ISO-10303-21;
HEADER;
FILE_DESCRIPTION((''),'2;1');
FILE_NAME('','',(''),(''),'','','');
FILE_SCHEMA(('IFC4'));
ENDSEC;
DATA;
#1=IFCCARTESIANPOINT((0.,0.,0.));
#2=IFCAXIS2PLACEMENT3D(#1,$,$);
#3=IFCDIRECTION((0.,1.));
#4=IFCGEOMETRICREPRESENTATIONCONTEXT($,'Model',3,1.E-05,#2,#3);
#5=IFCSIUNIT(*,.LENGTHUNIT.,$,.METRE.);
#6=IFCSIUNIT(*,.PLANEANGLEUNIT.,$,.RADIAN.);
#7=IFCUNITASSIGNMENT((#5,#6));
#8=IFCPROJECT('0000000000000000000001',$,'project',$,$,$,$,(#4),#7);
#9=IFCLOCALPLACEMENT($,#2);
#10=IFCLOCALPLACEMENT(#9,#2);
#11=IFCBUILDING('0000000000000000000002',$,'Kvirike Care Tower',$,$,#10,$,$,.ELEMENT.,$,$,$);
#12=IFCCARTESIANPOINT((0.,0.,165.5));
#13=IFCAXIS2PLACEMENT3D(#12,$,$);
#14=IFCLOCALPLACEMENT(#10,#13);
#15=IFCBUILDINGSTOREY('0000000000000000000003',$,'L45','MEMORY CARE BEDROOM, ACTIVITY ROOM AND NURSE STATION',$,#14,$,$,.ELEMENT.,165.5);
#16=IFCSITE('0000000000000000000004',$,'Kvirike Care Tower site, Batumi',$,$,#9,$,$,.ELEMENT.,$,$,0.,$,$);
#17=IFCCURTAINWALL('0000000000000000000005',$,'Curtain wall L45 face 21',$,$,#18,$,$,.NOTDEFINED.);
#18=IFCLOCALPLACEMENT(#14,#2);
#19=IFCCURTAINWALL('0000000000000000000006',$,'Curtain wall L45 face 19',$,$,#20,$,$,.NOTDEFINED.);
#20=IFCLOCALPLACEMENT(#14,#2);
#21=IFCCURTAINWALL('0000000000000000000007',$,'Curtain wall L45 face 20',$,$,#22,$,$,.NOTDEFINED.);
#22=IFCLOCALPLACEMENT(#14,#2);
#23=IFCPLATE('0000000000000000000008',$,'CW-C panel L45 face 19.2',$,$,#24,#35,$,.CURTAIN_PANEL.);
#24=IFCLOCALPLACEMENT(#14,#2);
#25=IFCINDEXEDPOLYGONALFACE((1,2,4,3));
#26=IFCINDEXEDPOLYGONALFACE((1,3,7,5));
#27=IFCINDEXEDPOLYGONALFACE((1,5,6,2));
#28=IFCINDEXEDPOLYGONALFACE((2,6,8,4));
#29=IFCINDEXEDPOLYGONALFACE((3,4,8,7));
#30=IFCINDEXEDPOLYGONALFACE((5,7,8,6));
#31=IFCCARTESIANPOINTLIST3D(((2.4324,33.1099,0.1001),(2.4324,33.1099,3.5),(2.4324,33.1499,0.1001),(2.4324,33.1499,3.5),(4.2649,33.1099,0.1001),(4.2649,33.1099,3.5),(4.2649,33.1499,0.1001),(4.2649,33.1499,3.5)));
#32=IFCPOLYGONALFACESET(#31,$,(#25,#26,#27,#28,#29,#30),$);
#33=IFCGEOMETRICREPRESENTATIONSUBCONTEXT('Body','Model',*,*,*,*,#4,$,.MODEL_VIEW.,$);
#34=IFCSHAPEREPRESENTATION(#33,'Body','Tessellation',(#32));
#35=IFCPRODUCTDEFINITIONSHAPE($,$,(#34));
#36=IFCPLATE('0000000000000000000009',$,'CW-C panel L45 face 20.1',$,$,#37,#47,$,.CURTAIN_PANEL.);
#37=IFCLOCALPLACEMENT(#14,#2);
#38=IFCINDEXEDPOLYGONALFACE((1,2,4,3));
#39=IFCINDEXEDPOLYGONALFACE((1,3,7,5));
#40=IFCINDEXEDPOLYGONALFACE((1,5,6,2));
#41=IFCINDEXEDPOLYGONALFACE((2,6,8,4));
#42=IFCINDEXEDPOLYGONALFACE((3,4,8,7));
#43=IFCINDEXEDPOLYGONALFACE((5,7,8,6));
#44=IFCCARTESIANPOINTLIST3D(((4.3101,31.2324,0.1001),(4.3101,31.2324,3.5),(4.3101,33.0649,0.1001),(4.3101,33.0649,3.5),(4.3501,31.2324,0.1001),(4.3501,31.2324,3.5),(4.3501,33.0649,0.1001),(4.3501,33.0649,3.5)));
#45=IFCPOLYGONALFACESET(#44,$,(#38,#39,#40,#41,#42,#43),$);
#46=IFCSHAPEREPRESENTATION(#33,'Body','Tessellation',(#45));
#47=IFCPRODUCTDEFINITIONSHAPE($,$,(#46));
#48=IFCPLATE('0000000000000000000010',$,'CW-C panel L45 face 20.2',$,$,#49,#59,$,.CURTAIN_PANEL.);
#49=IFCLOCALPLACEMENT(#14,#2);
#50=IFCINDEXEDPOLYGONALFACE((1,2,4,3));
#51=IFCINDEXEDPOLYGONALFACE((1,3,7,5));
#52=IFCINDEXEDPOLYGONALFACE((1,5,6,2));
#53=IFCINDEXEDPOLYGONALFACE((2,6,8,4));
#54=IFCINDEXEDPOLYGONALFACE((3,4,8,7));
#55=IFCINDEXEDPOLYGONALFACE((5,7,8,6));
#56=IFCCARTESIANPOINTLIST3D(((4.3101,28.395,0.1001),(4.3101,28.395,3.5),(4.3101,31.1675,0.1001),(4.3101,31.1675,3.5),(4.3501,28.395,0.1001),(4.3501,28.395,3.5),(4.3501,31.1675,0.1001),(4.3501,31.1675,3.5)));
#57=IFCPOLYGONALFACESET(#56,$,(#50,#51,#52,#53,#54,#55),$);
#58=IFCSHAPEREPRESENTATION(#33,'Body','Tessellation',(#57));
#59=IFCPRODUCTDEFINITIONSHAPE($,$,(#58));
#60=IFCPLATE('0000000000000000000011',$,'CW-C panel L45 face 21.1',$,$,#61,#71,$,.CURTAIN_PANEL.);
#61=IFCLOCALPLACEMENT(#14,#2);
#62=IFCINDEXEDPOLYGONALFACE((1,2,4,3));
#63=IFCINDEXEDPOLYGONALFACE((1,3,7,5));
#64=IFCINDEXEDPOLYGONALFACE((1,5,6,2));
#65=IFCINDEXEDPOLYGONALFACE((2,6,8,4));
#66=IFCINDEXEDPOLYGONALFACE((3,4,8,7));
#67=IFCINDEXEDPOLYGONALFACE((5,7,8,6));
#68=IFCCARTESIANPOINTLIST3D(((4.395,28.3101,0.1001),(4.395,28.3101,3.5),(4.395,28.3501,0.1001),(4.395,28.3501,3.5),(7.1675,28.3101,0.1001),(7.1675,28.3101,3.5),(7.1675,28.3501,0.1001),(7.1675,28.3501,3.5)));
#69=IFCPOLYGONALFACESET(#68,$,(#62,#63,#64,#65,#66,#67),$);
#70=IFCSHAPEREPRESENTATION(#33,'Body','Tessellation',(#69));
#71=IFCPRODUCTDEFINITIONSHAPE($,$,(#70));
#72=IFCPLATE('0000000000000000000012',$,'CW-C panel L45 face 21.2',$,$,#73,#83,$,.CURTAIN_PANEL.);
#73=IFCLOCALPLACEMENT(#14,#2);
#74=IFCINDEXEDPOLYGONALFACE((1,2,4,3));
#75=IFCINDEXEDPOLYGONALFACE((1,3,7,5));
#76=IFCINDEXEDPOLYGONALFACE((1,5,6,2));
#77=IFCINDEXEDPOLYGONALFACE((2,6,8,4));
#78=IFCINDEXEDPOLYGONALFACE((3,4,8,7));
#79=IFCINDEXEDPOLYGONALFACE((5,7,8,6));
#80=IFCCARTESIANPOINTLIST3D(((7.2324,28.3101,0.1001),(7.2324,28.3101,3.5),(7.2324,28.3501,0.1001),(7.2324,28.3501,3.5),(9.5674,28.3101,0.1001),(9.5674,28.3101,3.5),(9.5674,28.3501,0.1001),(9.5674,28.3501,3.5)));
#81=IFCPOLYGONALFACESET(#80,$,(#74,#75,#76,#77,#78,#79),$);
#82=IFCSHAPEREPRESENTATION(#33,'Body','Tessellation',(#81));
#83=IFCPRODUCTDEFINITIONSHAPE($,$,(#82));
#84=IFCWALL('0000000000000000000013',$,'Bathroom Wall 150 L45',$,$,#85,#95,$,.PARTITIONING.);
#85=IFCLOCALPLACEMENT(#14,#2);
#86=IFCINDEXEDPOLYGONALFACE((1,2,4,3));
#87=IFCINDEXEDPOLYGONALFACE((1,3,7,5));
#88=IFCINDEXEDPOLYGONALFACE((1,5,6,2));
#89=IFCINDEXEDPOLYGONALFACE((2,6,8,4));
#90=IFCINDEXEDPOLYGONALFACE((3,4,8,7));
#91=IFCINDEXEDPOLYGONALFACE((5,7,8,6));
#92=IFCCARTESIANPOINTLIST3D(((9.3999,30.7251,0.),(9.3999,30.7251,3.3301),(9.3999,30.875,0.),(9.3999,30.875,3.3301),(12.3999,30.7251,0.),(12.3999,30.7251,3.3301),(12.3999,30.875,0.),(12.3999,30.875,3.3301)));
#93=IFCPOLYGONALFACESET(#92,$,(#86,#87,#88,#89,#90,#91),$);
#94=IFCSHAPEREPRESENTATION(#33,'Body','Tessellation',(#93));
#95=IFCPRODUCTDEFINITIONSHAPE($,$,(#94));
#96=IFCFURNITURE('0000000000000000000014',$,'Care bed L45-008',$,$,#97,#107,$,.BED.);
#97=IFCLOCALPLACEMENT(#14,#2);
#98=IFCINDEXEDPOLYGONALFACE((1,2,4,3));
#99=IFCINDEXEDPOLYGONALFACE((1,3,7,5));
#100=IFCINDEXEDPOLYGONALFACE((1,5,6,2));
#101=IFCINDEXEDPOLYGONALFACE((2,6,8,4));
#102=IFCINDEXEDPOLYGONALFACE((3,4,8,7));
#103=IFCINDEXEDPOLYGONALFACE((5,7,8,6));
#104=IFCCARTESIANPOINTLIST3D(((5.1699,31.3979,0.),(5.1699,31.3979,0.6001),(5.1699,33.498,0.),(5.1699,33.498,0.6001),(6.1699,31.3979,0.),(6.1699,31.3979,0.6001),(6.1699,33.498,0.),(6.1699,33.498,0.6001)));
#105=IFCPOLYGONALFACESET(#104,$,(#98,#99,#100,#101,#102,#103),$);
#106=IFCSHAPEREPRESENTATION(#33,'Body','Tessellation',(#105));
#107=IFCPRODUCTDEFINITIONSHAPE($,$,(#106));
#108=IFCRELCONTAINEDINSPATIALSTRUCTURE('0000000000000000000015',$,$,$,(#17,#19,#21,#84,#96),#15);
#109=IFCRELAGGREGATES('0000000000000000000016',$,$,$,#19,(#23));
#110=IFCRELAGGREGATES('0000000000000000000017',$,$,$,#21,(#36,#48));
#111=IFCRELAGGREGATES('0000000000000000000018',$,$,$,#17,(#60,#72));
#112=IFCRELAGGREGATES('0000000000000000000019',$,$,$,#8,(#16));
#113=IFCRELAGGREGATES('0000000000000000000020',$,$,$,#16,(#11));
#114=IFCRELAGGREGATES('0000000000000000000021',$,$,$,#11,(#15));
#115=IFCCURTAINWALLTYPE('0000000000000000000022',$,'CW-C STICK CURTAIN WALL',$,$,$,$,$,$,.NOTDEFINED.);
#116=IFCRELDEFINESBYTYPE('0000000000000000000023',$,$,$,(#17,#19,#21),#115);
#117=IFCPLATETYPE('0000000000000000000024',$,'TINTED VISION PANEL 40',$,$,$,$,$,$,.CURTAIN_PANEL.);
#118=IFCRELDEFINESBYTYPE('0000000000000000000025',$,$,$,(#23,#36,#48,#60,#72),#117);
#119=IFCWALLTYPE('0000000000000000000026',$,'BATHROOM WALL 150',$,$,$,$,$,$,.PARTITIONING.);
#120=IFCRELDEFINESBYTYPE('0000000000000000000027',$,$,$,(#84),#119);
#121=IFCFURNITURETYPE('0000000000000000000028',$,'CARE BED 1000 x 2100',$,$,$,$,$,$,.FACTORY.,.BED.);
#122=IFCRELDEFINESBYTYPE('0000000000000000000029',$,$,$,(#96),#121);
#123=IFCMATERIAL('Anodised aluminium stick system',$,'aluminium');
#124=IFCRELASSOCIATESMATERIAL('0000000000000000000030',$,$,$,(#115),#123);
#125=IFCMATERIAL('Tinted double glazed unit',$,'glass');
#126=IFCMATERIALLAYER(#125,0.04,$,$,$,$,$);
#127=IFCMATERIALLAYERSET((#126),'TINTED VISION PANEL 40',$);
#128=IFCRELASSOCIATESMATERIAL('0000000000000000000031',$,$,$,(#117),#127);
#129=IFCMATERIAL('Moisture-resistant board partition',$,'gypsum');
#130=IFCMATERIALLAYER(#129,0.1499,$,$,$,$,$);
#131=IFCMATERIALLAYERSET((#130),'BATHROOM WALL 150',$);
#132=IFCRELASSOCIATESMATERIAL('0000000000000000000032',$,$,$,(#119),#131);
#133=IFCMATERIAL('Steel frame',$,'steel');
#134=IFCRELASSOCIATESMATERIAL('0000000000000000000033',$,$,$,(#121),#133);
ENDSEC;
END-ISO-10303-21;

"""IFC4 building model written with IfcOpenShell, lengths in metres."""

from ifc_helpers import new_model, si_unit, direction, frame, frame_2d, origin, origin_2d, place, context, subcontext, project, spatial, rectangle, extrude, material, layer, layer_set, type_object, element, aggregate, save


model = new_model("IFC4")

# Units and contexts
model_context = context("Model", 3, precision=1e-05, world=origin(), true_north=direction((0.0, 1.0)))
body_context = subcontext(model_context, "Body", "Model", "MODEL_VIEW")
ifc_project = project(units=[si_unit("LENGTHUNIT", "METRE"), si_unit("PLANEANGLEUNIT", "RADIAN")], contexts=[model_context])

# Site, building, storey
site_placement = place(None, origin())
site = spatial("IfcSite", under=ifc_project, at=site_placement, Name="Kvirike Care Tower site, Batumi", CompositionType="ELEMENT", RefElevation=0.0)
building_placement = place(site_placement, origin())
building = spatial("IfcBuilding", under=site, at=building_placement, Name="Kvirike Care Tower", CompositionType="ELEMENT")
storey_placement = place(building_placement, frame((0.0, 0.0, 165.5)))
storey = spatial("IfcBuildingStorey", under=building, at=storey_placement, Name="L45", Description="MEMORY CARE BEDROOM, ACTIVITY ROOM AND NURSE STATION", CompositionType="ELEMENT", Elevation=165.5)

# Curtain wall
ifc_material_1 = material(Name="Anodised aluminium stick system", Category="aluminium")
curtain_wall_type = type_object("IfcCurtainWallType", Name="CW-C STICK CURTAIN WALL", PredefinedType="NOTDEFINED", material=ifc_material_1)
curtain_wall_1_placement = place(storey_placement, origin())
curtain_wall_1 = element("IfcCurtainWall", 1, at=curtain_wall_1_placement, inside=storey, type_object=curtain_wall_type, Name="Curtain wall L45 face 21", PredefinedType="NOTDEFINED")

# Curtain walls
curtain_wall_2_placement = place(storey_placement, origin())
curtain_wall_2 = element("IfcCurtainWall", 2, at=curtain_wall_2_placement, inside=storey, type_object=curtain_wall_type, Name="Curtain wall L45 face 19", PredefinedType="NOTDEFINED")
curtain_wall_3_placement = place(storey_placement, origin())
curtain_wall_3 = element("IfcCurtainWall", 3, at=curtain_wall_3_placement, inside=storey, type_object=curtain_wall_type, Name="Curtain wall L45 face 20", PredefinedType="NOTDEFINED")

# Plates
ifc_material_2 = material(Name="Tinted double glazed unit", Category="glass")
ifc_layer_1 = layer(ifc_material_2, 0.04)
ifc_layer_set_1 = layer_set([ifc_layer_1], Name="TINTED VISION PANEL 40")
plate_type = type_object("IfcPlateType", Name="TINTED VISION PANEL 40", PredefinedType="CURTAIN_PANEL", material=ifc_layer_set_1)
plate_1_placement = place(storey_placement, frame((3.3486, 33.1299, 0.1001), z_axis=(0.0, 0.0, 1.0), x_axis=(1.0, 0.0, 0.0)))
plate_1 = element("IfcPlate", 4, at=plate_1_placement, type_object=plate_type, Name="CW-C panel L45 face 19.2", PredefinedType="CURTAIN_PANEL", context=body_context, shape_type="SweptSolid", body=[
    extrude(rectangle(XDim=1.8325, YDim=0.04, at=origin_2d()), origin(), (0.0, 0.0, 1.0), 3.3999),
])
aggregate(curtain_wall_2, [plate_1])
plate_2_placement = place(storey_placement, frame((4.3301, 32.1487, 0.1001), z_axis=(0.0, 0.0, 1.0), x_axis=(0.0, -1.0, 0.0)))
plate_2 = element("IfcPlate", 5, at=plate_2_placement, type_object=plate_type, Name="CW-C panel L45 face 20.1", PredefinedType="CURTAIN_PANEL", context=body_context, shape_type="SweptSolid", body=[
    extrude(rectangle(XDim=1.8325, YDim=0.04, at=origin_2d()), origin(), (0.0, 0.0, 1.0), 3.3999),
])
plate_3_placement = place(storey_placement, frame((4.3301, 29.7812, 0.1001), z_axis=(0.0, 0.0, 1.0), x_axis=(0.0, -1.0, 0.0)))
plate_3 = element("IfcPlate", 6, at=plate_3_placement, type_object=plate_type, Name="CW-C panel L45 face 20.2", PredefinedType="CURTAIN_PANEL", context=body_context, shape_type="SweptSolid", body=[
    extrude(rectangle(XDim=2.7725, YDim=0.04, at=origin_2d()), origin(), (0.0, 0.0, 1.0), 3.3999),
])
aggregate(curtain_wall_3, [plate_2, plate_3])
plate_4_placement = place(storey_placement, frame((5.7812, 28.3301, 0.1001), z_axis=(0.0, 0.0, 1.0), x_axis=(1.0, 0.0, 0.0)))
plate_4 = element("IfcPlate", 7, at=plate_4_placement, type_object=plate_type, Name="CW-C panel L45 face 21.1", PredefinedType="CURTAIN_PANEL", context=body_context, shape_type="SweptSolid", body=[
    extrude(rectangle(XDim=2.7725, YDim=0.04, at=origin_2d()), origin(), (0.0, 0.0, 1.0), 3.3999),
])
plate_5_placement = place(storey_placement, frame((8.3999, 28.3301, 0.1001), z_axis=(0.0, 0.0, 1.0), x_axis=(1.0, 0.0, 0.0)))
plate_5 = element("IfcPlate", 8, at=plate_5_placement, type_object=plate_type, Name="CW-C panel L45 face 21.2", PredefinedType="CURTAIN_PANEL", context=body_context, shape_type="SweptSolid", body=[
    extrude(rectangle(XDim=2.335, YDim=0.04, at=origin_2d()), origin(), (0.0, 0.0, 1.0), 3.3999),
])
aggregate(curtain_wall_1, [plate_4, plate_5])

# Wall
ifc_material_3 = material(Name="Moisture-resistant board partition", Category="gypsum")
ifc_layer_2 = layer(ifc_material_3, 0.1499)
ifc_layer_set_2 = layer_set([ifc_layer_2], Name="BATHROOM WALL 150")
wall_type = type_object("IfcWallType", Name="BATHROOM WALL 150", PredefinedType="PARTITIONING", material=ifc_layer_set_2)
wall_placement = place(storey_placement, frame((9.3999, 30.8, 0.0), z_axis=(0.0, 0.0, 1.0), x_axis=(1.0, 0.0, 0.0)))
element("IfcWall", 9, at=wall_placement, inside=storey, type_object=wall_type, Name="Bathroom Wall 150 L45", PredefinedType="PARTITIONING", context=body_context, shape_type="SweptSolid", body=[
    extrude(rectangle(XDim=3.0, YDim=0.1499, at=frame_2d((1.5, 0.0))), origin(), (0.0, 0.0, 1.0), 3.3301),
])

# Furniture
ifc_material_4 = material(Name="Steel frame", Category="steel")
furniture_type = type_object("IfcFurnitureType", Name="CARE BED 1000 x 2100", AssemblyPlace="FACTORY", PredefinedType="BED", material=ifc_material_4)
furniture_placement = place(storey_placement, frame((5.6699, 32.448, 0.0), z_axis=(0.0, 0.0, 1.0), x_axis=(1.0, 0.0, 0.0)))
element("IfcFurniture", 10, at=furniture_placement, inside=storey, type_object=furniture_type, Name="Care bed L45-008", PredefinedType="BED", context=body_context, shape_type="SweptSolid", body=[
    extrude(rectangle(XDim=1.0, YDim=2.1001, at=origin_2d()), origin(), (0.0, 0.0, 1.0), 0.6001),
])

save(model, "model.ifc")
